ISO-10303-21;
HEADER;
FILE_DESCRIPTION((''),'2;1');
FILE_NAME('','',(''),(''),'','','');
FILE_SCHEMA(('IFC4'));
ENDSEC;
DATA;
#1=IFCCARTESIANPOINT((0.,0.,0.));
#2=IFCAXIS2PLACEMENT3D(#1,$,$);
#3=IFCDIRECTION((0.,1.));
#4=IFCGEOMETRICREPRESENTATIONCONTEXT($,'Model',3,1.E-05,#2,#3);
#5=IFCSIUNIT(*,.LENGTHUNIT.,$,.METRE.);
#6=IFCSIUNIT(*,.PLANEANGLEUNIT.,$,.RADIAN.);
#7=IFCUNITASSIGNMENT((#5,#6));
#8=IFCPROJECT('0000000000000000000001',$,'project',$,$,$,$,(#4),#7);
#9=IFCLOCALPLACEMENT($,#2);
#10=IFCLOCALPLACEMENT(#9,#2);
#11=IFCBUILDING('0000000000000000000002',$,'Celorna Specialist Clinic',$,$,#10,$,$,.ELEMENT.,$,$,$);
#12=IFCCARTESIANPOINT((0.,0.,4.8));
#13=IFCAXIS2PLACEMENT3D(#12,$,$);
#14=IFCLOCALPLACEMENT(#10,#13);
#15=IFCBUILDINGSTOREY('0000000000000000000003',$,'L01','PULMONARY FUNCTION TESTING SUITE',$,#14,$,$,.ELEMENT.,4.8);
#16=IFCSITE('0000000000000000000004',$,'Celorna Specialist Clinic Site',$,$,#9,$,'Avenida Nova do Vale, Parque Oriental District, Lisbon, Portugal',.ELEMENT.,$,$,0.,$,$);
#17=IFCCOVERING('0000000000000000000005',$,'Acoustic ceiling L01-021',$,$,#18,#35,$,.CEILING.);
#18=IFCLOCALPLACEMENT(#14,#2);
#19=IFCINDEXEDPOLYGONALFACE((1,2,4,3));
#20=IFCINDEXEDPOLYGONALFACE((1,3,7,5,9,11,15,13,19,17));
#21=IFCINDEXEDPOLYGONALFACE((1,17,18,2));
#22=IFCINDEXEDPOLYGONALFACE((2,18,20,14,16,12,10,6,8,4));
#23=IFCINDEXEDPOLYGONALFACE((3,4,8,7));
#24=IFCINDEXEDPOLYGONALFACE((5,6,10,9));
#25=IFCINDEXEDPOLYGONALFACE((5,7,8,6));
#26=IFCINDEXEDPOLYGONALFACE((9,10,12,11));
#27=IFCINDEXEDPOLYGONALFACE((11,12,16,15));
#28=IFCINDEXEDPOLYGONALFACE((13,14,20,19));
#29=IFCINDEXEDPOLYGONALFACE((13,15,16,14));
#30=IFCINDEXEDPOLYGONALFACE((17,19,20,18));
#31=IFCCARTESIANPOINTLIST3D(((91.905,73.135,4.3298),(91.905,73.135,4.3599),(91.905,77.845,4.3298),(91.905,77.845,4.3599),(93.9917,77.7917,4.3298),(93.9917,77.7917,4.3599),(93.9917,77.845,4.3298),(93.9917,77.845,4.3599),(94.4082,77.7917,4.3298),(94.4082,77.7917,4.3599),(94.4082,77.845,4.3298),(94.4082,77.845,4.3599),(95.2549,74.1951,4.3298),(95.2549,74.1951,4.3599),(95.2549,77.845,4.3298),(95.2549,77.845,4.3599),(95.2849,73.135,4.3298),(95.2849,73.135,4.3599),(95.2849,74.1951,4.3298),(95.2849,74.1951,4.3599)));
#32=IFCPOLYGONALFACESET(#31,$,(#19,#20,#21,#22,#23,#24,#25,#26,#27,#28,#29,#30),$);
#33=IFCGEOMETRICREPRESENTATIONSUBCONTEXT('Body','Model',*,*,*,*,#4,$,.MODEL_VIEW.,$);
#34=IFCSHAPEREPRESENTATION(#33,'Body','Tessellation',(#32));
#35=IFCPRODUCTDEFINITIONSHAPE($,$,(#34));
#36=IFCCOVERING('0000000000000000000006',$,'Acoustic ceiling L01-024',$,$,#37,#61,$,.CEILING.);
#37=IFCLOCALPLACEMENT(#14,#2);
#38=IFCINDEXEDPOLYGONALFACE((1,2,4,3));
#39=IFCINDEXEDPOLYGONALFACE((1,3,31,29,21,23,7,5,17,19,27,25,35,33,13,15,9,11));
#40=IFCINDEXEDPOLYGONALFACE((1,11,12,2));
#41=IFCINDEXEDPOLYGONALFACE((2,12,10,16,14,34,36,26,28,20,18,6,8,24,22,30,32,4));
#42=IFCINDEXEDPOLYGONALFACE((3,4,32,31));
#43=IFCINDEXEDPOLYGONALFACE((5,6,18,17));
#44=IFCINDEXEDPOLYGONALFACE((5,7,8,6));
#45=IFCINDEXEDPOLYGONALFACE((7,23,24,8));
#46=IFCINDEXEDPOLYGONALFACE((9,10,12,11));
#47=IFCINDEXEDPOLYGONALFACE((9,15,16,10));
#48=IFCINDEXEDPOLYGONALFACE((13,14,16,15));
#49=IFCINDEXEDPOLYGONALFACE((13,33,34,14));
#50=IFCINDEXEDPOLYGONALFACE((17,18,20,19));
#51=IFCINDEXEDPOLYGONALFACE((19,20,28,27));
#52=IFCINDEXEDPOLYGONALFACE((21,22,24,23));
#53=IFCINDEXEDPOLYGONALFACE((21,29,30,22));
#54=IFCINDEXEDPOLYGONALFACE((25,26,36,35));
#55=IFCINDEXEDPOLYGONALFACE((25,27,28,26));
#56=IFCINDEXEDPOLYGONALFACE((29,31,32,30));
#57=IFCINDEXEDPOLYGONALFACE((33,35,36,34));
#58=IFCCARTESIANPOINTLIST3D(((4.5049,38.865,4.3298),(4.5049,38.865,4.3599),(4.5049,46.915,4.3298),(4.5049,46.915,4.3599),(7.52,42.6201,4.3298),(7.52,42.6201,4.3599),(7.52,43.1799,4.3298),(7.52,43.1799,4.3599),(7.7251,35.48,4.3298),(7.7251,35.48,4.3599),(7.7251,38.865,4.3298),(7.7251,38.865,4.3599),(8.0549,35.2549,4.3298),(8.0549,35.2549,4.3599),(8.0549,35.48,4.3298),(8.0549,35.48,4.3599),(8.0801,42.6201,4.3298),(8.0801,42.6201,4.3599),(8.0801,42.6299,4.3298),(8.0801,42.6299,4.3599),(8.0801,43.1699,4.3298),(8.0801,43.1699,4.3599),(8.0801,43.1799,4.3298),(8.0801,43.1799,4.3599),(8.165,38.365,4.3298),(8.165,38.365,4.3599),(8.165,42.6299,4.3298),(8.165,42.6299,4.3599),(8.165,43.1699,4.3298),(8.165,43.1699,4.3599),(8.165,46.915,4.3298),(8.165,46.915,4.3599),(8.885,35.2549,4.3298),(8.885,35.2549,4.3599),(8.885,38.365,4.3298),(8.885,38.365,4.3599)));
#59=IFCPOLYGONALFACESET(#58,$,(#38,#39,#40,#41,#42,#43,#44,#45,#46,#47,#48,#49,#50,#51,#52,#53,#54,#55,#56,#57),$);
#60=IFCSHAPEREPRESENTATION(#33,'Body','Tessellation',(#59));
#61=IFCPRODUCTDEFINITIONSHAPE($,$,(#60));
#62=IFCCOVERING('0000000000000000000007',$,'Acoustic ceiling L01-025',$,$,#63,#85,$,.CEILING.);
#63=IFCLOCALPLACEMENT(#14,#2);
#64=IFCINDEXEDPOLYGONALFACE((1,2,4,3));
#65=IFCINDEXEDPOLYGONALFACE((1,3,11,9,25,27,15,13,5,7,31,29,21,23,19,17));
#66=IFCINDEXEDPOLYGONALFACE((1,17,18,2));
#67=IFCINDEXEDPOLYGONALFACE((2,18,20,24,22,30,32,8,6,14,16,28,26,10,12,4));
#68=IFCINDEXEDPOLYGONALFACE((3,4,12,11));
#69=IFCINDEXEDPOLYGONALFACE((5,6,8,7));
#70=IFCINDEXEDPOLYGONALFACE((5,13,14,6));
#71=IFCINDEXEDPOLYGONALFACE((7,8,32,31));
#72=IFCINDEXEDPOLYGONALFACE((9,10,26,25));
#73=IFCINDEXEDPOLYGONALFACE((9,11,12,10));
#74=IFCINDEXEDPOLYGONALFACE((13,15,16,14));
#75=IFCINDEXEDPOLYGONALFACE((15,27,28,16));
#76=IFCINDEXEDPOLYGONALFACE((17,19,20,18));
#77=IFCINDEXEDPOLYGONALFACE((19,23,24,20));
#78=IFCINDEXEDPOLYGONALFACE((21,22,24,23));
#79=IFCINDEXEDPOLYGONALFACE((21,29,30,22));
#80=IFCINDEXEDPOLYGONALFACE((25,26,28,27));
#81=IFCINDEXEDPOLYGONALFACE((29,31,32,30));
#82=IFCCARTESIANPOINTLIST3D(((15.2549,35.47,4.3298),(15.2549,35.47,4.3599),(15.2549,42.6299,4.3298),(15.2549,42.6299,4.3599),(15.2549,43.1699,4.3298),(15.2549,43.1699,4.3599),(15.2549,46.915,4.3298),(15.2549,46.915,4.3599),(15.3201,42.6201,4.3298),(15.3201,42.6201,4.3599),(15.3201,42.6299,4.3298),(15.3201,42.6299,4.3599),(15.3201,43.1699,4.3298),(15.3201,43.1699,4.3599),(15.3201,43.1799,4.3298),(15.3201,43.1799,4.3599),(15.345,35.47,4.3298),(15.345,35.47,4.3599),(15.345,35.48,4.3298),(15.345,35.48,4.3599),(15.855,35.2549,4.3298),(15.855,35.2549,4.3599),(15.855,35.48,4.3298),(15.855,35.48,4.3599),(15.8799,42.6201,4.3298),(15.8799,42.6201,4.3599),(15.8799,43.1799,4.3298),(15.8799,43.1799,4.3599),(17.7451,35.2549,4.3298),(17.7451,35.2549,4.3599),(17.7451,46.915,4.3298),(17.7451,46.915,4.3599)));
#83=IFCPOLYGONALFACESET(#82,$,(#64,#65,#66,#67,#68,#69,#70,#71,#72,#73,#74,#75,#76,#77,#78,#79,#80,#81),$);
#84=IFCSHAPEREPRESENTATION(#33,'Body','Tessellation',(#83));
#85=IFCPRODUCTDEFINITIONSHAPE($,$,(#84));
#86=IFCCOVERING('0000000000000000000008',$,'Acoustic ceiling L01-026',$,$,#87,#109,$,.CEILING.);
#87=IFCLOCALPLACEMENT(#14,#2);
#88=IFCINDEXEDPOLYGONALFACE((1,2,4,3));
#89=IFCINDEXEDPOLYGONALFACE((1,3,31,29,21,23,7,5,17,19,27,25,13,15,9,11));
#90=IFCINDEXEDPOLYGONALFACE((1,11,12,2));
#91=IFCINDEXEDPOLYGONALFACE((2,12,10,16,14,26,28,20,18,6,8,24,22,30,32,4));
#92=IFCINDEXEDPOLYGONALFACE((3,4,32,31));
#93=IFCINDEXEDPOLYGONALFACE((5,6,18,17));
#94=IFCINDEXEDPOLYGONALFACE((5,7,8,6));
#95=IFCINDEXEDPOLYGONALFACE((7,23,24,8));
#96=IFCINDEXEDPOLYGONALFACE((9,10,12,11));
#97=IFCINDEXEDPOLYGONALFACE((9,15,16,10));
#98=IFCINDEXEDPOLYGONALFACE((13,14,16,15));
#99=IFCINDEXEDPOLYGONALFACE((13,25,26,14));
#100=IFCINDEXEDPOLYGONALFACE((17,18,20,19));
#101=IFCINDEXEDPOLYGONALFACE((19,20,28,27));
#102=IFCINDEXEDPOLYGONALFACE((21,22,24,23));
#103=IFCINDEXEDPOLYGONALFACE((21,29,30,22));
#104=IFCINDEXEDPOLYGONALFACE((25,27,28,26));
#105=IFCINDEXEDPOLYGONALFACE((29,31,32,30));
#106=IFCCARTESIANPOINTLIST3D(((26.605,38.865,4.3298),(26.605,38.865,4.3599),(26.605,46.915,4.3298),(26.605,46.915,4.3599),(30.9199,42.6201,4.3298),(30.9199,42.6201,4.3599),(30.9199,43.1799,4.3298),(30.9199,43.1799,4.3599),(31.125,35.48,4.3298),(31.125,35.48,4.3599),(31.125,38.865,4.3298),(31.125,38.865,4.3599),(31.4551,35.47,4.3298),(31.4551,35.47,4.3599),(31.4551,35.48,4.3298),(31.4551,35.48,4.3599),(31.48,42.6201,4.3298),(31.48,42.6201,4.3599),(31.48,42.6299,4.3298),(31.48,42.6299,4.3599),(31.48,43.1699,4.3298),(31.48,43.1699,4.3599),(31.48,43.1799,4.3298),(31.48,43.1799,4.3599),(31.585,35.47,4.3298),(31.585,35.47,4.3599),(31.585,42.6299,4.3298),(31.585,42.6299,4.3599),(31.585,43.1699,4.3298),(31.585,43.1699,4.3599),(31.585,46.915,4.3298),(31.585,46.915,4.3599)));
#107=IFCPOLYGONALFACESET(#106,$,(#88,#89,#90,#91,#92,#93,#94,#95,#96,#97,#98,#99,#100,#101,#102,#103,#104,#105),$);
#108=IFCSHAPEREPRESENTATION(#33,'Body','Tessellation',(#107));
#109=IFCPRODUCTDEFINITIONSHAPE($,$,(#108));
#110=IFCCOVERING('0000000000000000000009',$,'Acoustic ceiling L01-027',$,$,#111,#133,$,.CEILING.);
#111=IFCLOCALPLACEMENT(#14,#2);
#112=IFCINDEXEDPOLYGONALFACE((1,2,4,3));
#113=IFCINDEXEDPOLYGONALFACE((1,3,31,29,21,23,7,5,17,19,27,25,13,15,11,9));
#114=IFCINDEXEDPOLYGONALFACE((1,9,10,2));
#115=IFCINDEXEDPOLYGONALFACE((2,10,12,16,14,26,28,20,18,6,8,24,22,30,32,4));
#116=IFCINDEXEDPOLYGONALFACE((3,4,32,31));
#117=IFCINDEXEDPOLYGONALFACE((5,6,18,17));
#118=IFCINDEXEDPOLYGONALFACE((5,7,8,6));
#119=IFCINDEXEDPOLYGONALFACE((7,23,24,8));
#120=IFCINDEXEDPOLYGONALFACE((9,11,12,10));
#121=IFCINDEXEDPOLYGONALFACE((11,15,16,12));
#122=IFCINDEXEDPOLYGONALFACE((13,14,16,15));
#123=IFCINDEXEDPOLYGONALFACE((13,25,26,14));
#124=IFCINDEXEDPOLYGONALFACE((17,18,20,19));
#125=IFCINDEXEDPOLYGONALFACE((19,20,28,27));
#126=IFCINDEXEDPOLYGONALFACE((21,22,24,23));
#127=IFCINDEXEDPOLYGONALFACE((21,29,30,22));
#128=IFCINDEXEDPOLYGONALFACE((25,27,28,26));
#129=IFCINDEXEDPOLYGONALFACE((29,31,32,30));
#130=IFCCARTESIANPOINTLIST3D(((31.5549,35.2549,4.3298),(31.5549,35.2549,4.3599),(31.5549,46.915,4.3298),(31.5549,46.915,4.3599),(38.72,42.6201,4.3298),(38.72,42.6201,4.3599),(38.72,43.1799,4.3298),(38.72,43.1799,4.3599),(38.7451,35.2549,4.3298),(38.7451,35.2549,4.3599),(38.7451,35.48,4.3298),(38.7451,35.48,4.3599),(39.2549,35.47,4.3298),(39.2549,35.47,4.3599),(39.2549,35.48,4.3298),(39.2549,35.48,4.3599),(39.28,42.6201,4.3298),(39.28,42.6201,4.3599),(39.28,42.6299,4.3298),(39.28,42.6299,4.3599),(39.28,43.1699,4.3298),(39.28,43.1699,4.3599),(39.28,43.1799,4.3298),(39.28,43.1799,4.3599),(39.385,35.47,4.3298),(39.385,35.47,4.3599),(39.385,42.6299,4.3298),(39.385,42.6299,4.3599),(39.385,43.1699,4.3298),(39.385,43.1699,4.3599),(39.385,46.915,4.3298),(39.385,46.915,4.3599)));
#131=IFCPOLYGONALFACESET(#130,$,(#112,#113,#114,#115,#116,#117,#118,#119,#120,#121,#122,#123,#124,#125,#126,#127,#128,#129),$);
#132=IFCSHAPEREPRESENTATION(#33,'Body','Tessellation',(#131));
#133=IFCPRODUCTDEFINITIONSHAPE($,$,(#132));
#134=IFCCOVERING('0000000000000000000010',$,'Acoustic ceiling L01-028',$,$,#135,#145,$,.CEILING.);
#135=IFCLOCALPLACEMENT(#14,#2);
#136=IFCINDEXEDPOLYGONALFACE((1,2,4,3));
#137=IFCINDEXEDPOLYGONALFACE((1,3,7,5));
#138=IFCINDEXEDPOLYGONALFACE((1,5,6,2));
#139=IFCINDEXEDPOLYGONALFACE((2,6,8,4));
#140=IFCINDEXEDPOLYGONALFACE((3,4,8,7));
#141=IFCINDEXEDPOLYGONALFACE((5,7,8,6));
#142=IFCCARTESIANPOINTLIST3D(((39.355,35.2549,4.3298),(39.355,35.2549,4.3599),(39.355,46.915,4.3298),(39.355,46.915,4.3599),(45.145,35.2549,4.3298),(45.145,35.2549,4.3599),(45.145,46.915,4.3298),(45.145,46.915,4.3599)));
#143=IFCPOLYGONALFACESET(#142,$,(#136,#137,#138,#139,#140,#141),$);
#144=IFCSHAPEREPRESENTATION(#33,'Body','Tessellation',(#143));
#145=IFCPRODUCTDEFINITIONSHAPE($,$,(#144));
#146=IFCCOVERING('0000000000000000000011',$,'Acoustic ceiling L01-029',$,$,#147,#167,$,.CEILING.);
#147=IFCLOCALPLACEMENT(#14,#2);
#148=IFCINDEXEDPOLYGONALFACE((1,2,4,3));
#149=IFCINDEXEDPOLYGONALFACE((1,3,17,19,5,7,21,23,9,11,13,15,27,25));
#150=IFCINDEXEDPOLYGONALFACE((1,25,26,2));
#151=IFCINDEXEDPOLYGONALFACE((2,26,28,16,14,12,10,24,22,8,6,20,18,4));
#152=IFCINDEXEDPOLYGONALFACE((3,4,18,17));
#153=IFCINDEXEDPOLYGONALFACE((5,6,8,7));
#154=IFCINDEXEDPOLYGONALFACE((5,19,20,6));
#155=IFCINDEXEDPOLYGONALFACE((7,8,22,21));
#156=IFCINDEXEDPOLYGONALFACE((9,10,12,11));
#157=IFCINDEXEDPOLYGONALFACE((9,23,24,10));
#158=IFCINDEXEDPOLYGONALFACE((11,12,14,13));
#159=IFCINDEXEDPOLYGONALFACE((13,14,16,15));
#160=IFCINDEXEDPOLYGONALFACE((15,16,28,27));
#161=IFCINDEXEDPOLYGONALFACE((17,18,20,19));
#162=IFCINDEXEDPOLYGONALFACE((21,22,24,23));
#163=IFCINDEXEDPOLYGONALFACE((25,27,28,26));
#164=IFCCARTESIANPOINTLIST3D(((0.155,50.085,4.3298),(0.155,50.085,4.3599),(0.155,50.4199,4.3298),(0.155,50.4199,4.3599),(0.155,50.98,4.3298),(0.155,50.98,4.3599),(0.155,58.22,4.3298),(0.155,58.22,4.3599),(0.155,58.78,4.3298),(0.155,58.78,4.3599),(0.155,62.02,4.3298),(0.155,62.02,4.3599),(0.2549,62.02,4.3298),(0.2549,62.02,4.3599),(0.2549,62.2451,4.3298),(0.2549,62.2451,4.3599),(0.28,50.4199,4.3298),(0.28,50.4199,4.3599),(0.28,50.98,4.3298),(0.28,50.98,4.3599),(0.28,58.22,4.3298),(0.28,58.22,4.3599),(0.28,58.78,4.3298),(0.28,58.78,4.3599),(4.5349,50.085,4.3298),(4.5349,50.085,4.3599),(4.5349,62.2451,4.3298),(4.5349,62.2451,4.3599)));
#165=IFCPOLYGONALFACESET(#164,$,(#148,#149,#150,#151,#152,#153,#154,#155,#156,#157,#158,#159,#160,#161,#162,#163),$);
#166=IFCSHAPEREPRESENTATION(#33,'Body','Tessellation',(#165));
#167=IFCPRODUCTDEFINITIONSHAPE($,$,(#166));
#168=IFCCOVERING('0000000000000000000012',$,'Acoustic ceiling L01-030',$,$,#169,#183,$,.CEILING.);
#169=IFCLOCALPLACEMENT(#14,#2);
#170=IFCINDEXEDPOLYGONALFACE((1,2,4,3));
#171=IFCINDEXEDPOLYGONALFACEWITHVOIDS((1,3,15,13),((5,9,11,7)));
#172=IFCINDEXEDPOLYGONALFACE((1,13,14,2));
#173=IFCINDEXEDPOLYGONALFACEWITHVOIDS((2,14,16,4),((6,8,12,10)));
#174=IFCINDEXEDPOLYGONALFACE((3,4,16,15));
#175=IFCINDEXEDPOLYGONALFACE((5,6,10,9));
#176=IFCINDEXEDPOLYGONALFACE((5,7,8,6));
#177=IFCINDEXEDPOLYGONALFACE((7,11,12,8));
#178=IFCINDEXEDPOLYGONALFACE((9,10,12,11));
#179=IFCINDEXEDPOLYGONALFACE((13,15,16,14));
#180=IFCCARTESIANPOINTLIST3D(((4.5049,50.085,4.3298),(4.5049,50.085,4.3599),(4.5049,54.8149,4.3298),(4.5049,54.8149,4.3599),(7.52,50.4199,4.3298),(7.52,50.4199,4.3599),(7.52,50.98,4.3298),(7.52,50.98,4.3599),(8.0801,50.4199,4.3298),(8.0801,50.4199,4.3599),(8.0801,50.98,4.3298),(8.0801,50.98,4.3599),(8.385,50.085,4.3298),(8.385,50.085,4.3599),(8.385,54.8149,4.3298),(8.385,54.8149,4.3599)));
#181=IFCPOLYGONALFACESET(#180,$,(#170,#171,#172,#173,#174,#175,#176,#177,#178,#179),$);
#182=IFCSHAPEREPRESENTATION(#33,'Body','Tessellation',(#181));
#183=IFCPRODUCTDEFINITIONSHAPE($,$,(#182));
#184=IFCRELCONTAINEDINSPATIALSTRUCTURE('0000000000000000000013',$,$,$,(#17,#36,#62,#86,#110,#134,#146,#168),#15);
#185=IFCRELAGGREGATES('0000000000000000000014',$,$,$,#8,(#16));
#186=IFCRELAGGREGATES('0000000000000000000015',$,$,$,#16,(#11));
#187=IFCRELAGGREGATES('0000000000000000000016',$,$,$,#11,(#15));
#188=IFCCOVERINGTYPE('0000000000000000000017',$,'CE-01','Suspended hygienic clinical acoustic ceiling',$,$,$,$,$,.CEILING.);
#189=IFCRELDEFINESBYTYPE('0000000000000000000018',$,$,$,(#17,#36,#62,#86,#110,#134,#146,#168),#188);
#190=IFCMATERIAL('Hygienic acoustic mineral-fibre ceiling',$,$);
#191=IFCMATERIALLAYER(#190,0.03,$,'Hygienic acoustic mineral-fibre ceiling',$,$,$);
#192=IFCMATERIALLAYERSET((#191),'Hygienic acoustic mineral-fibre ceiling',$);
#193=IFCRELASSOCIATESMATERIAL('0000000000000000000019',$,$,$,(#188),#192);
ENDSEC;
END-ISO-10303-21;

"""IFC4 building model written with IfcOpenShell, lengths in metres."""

from ifc_helpers import new_model, si_unit, direction, frame, origin, place, context, subcontext, project, spatial, polyline, outline, extrude, material, layer, layer_set, type_object, element, save


model = new_model("IFC4")

# Units and contexts
model_context = context("Model", 3, precision=1e-05, world=origin(), true_north=direction((0.0, 1.0)))
body_context = subcontext(model_context, "Body", "Model", "MODEL_VIEW")
ifc_project = project(units=[si_unit("LENGTHUNIT", "METRE"), si_unit("PLANEANGLEUNIT", "RADIAN")], contexts=[model_context])

# Site, building, storey
site_placement = place(None, origin())
site = spatial("IfcSite", under=ifc_project, at=site_placement, Name="Celorna Specialist Clinic Site", LongName="Avenida Nova do Vale, Parque Oriental District, Lisbon, Portugal", CompositionType="ELEMENT", RefElevation=0.0)
building_placement = place(site_placement, origin())
building = spatial("IfcBuilding", under=site, at=building_placement, Name="Celorna Specialist Clinic", CompositionType="ELEMENT")
storey_placement = place(building_placement, frame((0.0, 0.0, 4.8)))
storey = spatial("IfcBuildingStorey", under=building, at=storey_placement, Name="L01", Description="PULMONARY FUNCTION TESTING SUITE", CompositionType="ELEMENT", Elevation=4.8)

# Coverings
ifc_material_1 = material(Name="Hygienic acoustic mineral-fibre ceiling")
ifc_layer_1 = layer(ifc_material_1, 0.03, Name="Hygienic acoustic mineral-fibre ceiling")
ifc_layer_set_1 = layer_set([ifc_layer_1], Name="Hygienic acoustic mineral-fibre ceiling")
covering_type = type_object("IfcCoveringType", Name="CE-01", Description="Suspended hygienic clinical acoustic ceiling", PredefinedType="CEILING", material=ifc_layer_set_1)
covering_1_placement = place(storey_placement, frame((0.0, 0.0, 4.3298)))
element("IfcCovering", 1, at=covering_1_placement, inside=storey, type_object=covering_type, Name="Acoustic ceiling L01-021", PredefinedType="CEILING", context=body_context, shape_type="SweptSolid", body=[
    extrude(outline(polyline([(93.9917, 77.845), (93.9917, 77.7917), (94.4082, 77.7917), (94.4082, 77.845), (95.2549, 77.845), (95.2549, 74.1951), (95.2849, 74.1951), (95.2849, 73.135), (91.905, 73.135), (91.905, 77.845), (93.9917, 77.845)])), origin(), (0.0, 0.0, 1.0), 0.03),
])
covering_2_placement = place(storey_placement, frame((0.0, 0.0, 4.3298)))
element("IfcCovering", 2, at=covering_2_placement, inside=storey, type_object=covering_type, Name="Acoustic ceiling L01-024", PredefinedType="CEILING", context=body_context, shape_type="SweptSolid", body=[
    extrude(outline(polyline([(8.165, 38.365), (8.885, 38.365), (8.885, 35.2549), (8.0549, 35.2549), (8.0549, 35.48), (7.7251, 35.48), (7.7251, 38.865), (4.5049, 38.865), (4.5049, 46.915), (8.165, 46.915), (8.165, 43.1699), (8.0801, 43.1699), (8.0801, 43.1799), (7.52, 43.1799), (7.52, 42.6201), (8.0801, 42.6201), (8.0801, 42.6299), (8.165, 42.6299), (8.165, 38.365)])), origin(), (0.0, 0.0, 1.0), 0.03),
])
covering_3_placement = place(storey_placement, frame((0.0, 0.0, 4.3298)))
element("IfcCovering", 3, at=covering_3_placement, inside=storey, type_object=covering_type, Name="Acoustic ceiling L01-025", PredefinedType="CEILING", context=body_context, shape_type="SweptSolid", body=[
    extrude(outline(polyline([(15.2549, 42.6299), (15.3201, 42.6299), (15.3201, 42.6201), (15.8799, 42.6201), (15.8799, 43.1799), (15.3201, 43.1799), (15.3201, 43.1699), (15.2549, 43.1699), (15.2549, 46.915), (17.7451, 46.915), (17.7451, 35.2549), (15.855, 35.2549), (15.855, 35.48), (15.345, 35.48), (15.345, 35.47), (15.2549, 35.47), (15.2549, 42.6299)])), origin(), (0.0, 0.0, 1.0), 0.03),
])
covering_4_placement = place(storey_placement, frame((0.0, 0.0, 4.3298)))
element("IfcCovering", 4, at=covering_4_placement, inside=storey, type_object=covering_type, Name="Acoustic ceiling L01-026", PredefinedType="CEILING", context=body_context, shape_type="SweptSolid", body=[
    extrude(outline(polyline([(31.4551, 35.47), (31.4551, 35.48), (31.125, 35.48), (31.125, 38.865), (26.605, 38.865), (26.605, 46.915), (31.585, 46.915), (31.585, 43.1699), (31.48, 43.1699), (31.48, 43.1799), (30.9199, 43.1799), (30.9199, 42.6201), (31.48, 42.6201), (31.48, 42.6299), (31.585, 42.6299), (31.585, 35.47), (31.4551, 35.47)])), origin(), (0.0, 0.0, 1.0), 0.03),
])
covering_5_placement = place(storey_placement, frame((0.0, 0.0, 4.3298)))
element("IfcCovering", 5, at=covering_5_placement, inside=storey, type_object=covering_type, Name="Acoustic ceiling L01-027", PredefinedType="CEILING", context=body_context, shape_type="SweptSolid", body=[
    extrude(outline(polyline([(39.385, 46.915), (39.385, 43.1699), (39.28, 43.1699), (39.28, 43.1799), (38.72, 43.1799), (38.72, 42.6201), (39.28, 42.6201), (39.28, 42.6299), (39.385, 42.6299), (39.385, 35.47), (39.2549, 35.47), (39.2549, 35.48), (38.7451, 35.48), (38.7451, 35.2549), (31.5549, 35.2549), (31.5549, 46.915), (39.385, 46.915)])), origin(), (0.0, 0.0, 1.0), 0.03),
])
covering_6_placement = place(storey_placement, frame((0.0, 0.0, 4.3298)))
element("IfcCovering", 6, at=covering_6_placement, inside=storey, type_object=covering_type, Name="Acoustic ceiling L01-028", PredefinedType="CEILING", context=body_context, shape_type="SweptSolid", body=[
    extrude(outline(polyline([(45.145, 46.915), (45.145, 35.2549), (39.355, 35.2549), (39.355, 46.915), (45.145, 46.915)])), origin(), (0.0, 0.0, 1.0), 0.03),
])
covering_7_placement = place(storey_placement, frame((0.0, 0.0, 4.3298)))
element("IfcCovering", 7, at=covering_7_placement, inside=storey, type_object=covering_type, Name="Acoustic ceiling L01-029", PredefinedType="CEILING", context=body_context, shape_type="SweptSolid", body=[
    extrude(outline(polyline([(0.155, 58.22), (0.28, 58.22), (0.28, 58.78), (0.155, 58.78), (0.155, 62.02), (0.2549, 62.02), (0.2549, 62.2451), (4.5349, 62.2451), (4.5349, 50.085), (0.155, 50.085), (0.155, 50.4199), (0.28, 50.4199), (0.28, 50.98), (0.155, 50.98), (0.155, 58.22)])), origin(), (0.0, 0.0, 1.0), 0.03),
])
covering_8_placement = place(storey_placement, frame((0.0, 0.0, 4.3298)))
element("IfcCovering", 8, at=covering_8_placement, inside=storey, type_object=covering_type, Name="Acoustic ceiling L01-030", PredefinedType="CEILING", context=body_context, shape_type="SweptSolid", body=[
    extrude(outline(polyline([(8.385, 54.8149), (8.385, 50.085), (4.5049, 50.085), (4.5049, 54.8149), (8.385, 54.8149)]), holes=[polyline([(8.0801, 50.4199), (8.0801, 50.98), (7.52, 50.98), (7.52, 50.4199), (8.0801, 50.4199)])]), origin(), (0.0, 0.0, 1.0), 0.03),
])

save(model, "model.ifc")
